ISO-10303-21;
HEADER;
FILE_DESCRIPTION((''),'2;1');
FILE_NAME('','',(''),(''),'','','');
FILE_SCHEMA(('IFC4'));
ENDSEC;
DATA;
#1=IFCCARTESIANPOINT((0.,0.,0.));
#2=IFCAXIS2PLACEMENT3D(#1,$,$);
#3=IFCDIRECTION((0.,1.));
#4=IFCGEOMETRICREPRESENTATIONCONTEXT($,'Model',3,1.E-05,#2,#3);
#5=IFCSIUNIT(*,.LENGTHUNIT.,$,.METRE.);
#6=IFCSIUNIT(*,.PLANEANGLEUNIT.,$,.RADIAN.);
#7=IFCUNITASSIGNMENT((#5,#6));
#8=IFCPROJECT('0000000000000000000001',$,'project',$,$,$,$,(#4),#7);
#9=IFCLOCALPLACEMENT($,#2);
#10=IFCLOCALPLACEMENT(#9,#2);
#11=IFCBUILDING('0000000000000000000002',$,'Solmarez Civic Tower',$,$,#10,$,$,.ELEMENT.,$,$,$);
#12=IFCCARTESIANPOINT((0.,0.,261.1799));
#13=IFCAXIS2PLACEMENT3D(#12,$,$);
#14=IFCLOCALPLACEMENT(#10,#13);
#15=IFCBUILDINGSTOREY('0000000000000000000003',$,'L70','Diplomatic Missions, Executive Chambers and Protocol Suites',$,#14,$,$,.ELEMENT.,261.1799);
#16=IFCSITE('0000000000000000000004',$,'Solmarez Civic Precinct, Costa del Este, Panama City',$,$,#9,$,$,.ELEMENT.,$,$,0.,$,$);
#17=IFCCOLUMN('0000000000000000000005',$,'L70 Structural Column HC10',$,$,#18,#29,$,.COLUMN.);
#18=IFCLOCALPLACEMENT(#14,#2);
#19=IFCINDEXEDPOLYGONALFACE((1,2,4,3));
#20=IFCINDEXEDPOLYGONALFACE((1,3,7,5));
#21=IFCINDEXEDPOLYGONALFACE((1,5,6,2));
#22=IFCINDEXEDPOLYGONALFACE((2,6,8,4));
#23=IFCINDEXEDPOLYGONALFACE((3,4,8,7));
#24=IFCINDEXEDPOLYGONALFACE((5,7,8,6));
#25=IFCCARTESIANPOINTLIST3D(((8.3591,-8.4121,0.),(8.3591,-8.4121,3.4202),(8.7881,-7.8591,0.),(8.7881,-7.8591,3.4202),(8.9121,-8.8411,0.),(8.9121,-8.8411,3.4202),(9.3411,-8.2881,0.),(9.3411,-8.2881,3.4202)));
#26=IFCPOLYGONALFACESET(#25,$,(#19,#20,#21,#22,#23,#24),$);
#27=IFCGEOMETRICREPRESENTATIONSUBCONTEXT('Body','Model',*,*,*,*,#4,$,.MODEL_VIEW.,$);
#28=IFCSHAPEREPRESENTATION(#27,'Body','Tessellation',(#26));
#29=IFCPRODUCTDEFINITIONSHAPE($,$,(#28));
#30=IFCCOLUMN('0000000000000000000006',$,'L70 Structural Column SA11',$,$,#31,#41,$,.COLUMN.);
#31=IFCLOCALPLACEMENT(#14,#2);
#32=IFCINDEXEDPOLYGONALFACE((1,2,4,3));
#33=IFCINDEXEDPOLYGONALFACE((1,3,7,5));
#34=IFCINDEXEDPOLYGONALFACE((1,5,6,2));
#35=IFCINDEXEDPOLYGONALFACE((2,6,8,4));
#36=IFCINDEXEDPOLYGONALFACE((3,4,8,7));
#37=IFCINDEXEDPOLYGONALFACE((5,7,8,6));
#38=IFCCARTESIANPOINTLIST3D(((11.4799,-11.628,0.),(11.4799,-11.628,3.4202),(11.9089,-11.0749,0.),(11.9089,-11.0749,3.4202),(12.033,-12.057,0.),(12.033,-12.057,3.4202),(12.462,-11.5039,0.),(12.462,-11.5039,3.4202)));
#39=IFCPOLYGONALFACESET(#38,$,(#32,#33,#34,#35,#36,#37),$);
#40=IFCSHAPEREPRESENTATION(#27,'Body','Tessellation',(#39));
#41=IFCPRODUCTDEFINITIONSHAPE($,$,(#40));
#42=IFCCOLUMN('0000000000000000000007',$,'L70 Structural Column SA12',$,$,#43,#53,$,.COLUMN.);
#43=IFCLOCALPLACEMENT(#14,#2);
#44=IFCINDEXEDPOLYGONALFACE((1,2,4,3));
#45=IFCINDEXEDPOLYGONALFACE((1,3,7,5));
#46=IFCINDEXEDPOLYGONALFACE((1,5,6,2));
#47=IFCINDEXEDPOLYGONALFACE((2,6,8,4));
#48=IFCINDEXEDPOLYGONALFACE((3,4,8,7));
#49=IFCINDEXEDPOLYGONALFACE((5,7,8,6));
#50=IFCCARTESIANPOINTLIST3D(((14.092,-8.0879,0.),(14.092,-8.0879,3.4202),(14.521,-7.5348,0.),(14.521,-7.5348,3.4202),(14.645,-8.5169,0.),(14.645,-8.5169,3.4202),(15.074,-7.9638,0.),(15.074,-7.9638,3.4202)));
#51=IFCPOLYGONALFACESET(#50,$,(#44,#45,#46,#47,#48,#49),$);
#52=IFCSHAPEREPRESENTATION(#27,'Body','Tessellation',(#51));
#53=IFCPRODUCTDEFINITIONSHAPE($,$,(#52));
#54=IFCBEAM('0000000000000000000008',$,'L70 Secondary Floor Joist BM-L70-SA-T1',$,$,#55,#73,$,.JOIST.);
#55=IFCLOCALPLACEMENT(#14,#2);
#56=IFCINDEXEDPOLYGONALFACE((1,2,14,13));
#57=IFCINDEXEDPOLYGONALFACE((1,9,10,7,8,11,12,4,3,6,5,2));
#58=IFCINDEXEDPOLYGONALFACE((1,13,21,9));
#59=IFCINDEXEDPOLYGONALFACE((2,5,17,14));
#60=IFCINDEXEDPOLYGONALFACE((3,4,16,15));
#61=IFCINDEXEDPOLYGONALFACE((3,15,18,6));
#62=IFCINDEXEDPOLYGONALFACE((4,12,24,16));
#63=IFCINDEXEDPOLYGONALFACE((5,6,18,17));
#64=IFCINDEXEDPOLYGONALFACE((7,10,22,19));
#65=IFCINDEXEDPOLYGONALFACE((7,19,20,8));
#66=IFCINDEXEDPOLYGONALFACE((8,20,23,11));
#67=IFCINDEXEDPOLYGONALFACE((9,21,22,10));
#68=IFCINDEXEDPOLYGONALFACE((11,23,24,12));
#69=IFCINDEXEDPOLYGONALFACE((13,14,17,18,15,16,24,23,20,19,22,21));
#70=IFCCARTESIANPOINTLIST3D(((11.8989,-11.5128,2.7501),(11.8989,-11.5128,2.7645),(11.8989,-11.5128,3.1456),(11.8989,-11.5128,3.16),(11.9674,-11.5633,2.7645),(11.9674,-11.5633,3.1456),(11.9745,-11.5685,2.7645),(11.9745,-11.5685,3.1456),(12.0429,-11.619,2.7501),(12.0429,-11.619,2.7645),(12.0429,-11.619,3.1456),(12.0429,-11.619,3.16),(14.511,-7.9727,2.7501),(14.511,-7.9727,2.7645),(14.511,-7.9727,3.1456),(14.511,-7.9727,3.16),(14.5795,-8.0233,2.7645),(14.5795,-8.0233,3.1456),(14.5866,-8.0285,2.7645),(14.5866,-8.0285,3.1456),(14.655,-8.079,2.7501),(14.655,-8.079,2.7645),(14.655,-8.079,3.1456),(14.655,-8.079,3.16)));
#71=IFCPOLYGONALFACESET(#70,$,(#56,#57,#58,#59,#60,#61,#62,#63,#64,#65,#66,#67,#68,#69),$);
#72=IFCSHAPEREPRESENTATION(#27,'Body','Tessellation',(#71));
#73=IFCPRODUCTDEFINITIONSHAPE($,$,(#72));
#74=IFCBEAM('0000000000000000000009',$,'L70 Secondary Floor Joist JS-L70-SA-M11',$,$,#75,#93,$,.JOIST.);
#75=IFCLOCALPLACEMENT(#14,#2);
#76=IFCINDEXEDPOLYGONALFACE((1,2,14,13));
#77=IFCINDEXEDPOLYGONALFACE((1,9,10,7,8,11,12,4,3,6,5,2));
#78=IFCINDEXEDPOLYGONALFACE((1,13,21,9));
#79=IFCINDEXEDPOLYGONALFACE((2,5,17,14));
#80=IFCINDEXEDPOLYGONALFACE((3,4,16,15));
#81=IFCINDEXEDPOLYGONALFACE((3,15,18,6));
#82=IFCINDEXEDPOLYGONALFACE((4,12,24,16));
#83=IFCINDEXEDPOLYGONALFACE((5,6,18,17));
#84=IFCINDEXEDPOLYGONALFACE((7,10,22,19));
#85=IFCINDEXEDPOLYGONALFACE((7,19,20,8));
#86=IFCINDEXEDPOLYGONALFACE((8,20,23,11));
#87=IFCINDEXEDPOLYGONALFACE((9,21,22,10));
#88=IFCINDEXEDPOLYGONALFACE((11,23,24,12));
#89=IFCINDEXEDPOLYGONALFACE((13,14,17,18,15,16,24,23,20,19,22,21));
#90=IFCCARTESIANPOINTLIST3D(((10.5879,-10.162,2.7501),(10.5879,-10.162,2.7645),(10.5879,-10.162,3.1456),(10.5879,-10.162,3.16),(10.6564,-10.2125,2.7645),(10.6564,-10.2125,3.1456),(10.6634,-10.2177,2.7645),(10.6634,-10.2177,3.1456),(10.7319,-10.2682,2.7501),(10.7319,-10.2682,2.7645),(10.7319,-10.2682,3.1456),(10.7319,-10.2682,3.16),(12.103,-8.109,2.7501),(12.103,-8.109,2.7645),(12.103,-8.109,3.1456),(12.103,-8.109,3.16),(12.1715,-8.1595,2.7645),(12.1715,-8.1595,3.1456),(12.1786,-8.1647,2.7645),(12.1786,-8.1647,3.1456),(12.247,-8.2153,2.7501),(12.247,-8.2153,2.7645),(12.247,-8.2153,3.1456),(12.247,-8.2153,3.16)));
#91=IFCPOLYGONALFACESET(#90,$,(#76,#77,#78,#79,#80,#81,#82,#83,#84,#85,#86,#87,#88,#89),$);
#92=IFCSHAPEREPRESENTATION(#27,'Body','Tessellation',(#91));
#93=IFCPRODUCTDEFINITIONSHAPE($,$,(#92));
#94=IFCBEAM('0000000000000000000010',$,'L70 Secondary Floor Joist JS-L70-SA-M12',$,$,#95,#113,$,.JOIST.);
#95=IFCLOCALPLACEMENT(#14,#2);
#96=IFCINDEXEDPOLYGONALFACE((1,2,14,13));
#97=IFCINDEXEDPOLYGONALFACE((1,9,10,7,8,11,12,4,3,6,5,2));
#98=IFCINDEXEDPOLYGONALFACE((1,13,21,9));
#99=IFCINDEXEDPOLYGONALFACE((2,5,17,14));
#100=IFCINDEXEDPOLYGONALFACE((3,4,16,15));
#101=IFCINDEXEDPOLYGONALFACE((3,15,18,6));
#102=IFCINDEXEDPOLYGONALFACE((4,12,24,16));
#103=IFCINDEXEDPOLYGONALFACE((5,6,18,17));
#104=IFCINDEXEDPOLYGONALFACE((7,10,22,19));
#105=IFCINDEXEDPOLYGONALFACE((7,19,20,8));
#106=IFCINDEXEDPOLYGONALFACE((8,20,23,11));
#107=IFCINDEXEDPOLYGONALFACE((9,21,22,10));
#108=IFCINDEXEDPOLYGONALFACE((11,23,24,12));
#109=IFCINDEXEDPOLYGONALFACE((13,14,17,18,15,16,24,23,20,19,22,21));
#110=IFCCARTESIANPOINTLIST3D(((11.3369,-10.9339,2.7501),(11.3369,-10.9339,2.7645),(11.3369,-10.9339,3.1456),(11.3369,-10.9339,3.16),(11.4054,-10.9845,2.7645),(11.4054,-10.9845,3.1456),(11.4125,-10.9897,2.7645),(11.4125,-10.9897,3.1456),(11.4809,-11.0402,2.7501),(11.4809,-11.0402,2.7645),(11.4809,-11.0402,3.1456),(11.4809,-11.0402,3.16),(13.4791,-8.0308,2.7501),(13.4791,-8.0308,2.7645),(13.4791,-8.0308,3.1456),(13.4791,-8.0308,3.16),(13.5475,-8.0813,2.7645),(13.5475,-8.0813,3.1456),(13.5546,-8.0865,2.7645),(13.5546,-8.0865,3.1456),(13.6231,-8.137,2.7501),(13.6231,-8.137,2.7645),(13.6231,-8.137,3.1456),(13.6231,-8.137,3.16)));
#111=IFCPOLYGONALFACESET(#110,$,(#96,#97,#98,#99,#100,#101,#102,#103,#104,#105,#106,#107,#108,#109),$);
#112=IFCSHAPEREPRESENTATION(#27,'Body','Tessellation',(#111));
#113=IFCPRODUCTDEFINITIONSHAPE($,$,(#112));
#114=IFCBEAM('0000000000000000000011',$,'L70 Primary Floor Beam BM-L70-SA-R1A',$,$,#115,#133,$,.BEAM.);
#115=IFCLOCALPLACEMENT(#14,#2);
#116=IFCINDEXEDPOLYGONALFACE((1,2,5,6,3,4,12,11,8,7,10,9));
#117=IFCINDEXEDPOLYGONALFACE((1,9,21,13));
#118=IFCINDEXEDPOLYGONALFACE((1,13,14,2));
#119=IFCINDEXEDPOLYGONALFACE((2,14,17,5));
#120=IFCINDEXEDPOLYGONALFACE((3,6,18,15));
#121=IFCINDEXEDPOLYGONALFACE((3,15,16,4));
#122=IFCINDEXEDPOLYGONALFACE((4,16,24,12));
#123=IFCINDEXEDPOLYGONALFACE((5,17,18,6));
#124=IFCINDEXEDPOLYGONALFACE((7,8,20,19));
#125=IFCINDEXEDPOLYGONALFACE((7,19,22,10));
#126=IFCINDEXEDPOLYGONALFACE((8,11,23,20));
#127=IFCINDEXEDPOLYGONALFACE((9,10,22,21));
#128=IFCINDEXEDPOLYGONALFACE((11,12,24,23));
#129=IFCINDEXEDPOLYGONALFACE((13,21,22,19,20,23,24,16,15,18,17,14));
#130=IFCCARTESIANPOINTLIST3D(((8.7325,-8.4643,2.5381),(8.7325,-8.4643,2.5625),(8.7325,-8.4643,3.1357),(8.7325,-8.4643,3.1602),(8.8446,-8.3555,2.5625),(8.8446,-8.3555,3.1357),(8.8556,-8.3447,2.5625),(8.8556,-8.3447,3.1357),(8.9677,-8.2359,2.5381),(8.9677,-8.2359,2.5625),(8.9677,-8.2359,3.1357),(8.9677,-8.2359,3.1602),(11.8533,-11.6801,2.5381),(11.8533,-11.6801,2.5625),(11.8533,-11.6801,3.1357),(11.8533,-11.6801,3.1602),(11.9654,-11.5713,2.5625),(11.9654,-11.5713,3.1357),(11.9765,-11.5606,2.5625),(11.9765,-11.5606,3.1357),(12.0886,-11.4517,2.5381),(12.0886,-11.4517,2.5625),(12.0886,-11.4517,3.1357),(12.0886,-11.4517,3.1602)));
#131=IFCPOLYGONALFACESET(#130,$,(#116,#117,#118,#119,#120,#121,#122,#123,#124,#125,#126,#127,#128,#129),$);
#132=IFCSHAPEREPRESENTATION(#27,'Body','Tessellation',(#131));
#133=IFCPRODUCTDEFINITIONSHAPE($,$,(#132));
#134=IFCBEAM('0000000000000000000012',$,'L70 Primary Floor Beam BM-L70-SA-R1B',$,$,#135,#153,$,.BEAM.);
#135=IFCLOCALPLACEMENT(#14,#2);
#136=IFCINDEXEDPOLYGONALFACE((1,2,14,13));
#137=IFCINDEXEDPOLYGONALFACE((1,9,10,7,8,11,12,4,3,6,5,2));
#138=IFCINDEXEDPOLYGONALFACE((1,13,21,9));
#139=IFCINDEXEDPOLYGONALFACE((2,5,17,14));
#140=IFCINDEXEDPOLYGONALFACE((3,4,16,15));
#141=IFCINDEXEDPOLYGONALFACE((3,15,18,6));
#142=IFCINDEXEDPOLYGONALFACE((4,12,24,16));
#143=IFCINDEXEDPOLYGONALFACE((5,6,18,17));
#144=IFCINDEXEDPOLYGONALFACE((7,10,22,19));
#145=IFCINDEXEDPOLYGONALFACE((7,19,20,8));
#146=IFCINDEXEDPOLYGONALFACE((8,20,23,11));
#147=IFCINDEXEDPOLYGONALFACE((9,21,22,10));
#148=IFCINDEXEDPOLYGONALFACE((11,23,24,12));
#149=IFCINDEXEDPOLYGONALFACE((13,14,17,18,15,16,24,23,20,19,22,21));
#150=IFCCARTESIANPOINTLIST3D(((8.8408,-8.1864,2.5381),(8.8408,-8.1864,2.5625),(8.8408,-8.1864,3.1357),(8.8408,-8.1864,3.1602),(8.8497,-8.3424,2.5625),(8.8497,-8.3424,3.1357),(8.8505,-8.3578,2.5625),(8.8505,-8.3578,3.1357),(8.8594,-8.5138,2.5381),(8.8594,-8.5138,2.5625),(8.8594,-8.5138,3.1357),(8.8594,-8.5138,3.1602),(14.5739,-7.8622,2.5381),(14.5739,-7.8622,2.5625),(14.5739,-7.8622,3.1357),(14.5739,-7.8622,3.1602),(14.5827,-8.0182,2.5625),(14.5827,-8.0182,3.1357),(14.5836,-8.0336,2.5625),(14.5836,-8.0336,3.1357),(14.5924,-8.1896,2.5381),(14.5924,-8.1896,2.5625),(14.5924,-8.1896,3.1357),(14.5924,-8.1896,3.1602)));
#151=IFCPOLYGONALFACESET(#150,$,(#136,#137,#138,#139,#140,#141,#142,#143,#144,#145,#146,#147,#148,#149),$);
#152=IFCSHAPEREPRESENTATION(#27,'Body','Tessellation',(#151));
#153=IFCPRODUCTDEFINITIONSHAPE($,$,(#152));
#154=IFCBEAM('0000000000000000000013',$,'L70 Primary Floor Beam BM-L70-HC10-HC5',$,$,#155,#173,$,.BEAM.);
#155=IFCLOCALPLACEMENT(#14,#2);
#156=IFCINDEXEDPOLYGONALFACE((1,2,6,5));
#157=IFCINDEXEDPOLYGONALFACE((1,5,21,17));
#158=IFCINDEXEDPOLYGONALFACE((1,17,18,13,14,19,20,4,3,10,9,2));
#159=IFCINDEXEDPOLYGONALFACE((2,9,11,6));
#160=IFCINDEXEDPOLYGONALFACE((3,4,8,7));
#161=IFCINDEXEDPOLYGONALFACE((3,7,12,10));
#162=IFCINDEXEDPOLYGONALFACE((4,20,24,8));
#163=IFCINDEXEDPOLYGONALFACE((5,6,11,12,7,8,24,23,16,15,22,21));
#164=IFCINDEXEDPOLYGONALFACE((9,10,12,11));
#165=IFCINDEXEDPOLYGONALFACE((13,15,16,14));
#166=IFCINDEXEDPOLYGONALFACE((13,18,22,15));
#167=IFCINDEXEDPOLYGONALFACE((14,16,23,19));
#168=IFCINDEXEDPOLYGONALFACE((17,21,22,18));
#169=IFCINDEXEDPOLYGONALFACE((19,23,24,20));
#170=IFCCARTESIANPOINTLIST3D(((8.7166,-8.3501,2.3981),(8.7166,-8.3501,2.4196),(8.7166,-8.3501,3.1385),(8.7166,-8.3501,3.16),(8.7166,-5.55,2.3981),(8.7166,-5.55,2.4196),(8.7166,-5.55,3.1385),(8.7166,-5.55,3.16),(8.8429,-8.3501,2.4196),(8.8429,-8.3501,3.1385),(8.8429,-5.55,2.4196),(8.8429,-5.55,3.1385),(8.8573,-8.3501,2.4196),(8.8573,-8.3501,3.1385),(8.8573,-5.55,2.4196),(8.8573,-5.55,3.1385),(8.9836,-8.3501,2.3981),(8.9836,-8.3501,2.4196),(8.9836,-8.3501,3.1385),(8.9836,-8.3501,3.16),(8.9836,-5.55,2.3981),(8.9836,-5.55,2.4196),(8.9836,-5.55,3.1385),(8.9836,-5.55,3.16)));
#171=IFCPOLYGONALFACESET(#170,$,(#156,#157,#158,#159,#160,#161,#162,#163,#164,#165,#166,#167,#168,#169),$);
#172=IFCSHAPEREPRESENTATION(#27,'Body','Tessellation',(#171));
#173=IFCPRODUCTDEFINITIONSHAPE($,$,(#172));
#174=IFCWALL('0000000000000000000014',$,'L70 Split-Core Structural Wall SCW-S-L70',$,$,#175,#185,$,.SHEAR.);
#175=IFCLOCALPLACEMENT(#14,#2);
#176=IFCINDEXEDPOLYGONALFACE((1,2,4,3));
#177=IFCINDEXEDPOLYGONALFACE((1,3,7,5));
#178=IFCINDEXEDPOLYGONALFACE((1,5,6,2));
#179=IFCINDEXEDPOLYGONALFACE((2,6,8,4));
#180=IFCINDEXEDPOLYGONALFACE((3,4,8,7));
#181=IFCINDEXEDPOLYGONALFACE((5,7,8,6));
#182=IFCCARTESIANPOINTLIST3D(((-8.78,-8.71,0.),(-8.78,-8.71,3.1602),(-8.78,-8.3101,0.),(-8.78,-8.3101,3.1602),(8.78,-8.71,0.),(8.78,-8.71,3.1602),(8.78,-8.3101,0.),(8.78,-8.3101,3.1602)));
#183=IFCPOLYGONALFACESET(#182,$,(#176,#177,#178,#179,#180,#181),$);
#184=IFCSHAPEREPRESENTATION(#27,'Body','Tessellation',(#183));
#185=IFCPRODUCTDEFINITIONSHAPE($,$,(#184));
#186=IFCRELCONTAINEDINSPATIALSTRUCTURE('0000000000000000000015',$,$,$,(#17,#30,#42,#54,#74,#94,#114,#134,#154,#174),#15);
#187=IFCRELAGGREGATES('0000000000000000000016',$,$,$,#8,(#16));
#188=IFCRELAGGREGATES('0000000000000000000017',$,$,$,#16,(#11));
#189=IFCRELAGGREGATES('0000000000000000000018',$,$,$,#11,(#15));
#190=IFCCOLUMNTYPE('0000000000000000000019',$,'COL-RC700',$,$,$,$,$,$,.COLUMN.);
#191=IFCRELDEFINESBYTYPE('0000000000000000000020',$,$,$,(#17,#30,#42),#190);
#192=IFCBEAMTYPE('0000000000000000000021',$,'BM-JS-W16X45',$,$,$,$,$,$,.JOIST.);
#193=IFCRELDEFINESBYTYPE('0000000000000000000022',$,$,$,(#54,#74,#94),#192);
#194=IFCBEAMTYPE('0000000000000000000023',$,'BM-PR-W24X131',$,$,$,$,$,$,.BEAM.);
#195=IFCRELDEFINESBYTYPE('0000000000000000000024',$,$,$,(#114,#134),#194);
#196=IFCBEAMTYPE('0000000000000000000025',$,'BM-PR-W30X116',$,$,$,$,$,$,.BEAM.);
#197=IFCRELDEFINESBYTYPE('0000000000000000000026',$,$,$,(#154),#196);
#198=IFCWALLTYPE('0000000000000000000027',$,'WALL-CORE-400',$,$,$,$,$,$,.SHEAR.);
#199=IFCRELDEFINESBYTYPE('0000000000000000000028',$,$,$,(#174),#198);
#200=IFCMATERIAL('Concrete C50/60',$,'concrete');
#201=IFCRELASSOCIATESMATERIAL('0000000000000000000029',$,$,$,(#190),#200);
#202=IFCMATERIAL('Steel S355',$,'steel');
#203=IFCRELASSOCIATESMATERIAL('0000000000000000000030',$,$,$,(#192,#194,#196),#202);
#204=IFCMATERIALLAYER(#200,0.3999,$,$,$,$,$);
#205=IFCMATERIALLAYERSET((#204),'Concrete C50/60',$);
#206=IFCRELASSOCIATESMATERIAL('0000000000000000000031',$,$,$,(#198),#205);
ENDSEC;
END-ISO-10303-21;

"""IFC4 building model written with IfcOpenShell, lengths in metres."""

from ifc_helpers import new_model, si_unit, direction, frame, frame_2d, origin, origin_2d, place, context, subcontext, project, spatial, rectangle, i_section, extrude, material, layer, layer_set, material_profile, profile_set, type_object, element, save


model = new_model("IFC4")

# Units and contexts
model_context = context("Model", 3, precision=1e-05, world=origin(), true_north=direction((0.0, 1.0)))
body_context = subcontext(model_context, "Body", "Model", "MODEL_VIEW")
ifc_project = project(units=[si_unit("LENGTHUNIT", "METRE"), si_unit("PLANEANGLEUNIT", "RADIAN")], contexts=[model_context])

# Site, building, storey
site_placement = place(None, origin())
site = spatial("IfcSite", under=ifc_project, at=site_placement, Name="Solmarez Civic Precinct, Costa del Este, Panama City", CompositionType="ELEMENT", RefElevation=0.0)
building_placement = place(site_placement, origin())
building = spatial("IfcBuilding", under=site, at=building_placement, Name="Solmarez Civic Tower", CompositionType="ELEMENT")
storey_placement = place(building_placement, frame((0.0, 0.0, 261.1799)))
storey = spatial("IfcBuildingStorey", under=building, at=storey_placement, Name="L70", Description="Diplomatic Missions, Executive Chambers and Protocol Suites", CompositionType="ELEMENT", Elevation=261.1799)

# Columns
ifc_material_1 = material(Name="Concrete C50/60", Category="concrete")
ifc_material_profile_1 = material_profile(ifc_material_1, rectangle(XDim=0.7, YDim=0.7, at=origin_2d()), Name="RC700X700")
ifc_profile_set_1 = profile_set([ifc_material_profile_1], Name="Concrete C50/60")
column_type = type_object("IfcColumnType", Name="COL-RC700", PredefinedType="COLUMN", material=ifc_profile_set_1)
for number, where, z_axis, x_axis, name in (
    (1, (8.8501, -8.3501, 0.0), (0.0, 0.0, 1.0), (0.612907, 0.790155, 0.0), "L70 Structural Column HC10"),
    (2, (11.9709, -11.5659, 0.0), (0.0, 0.0, 1.0), (0.612907, 0.790155, 0.0), "L70 Structural Column SA11"),
    (3, (14.583, -8.0259, 0.0), (0.0, 0.0, 1.0), (0.612907, 0.790155, 0.0), "L70 Structural Column SA12"),
):
    element("IfcColumn", number, at=place(storey_placement, frame(where, z_axis=z_axis, x_axis=x_axis)), inside=storey, type_object=column_type, Name=name, PredefinedType="COLUMN", context=body_context, shape_type="SweptSolid", body=[
        extrude(rectangle(XDim=0.7, YDim=0.7, at=origin_2d()), origin(), (0.0, 0.0, 1.0), 3.4202),
    ])

# Beams
ifc_material_2 = material(Name="Steel S355", Category="steel")
ifc_material_profile_2 = material_profile(ifc_material_2, i_section(OverallWidth=0.179, OverallDepth=0.4099, WebThickness=0.0088, FlangeThickness=0.0144, at=origin_2d()), Name="W16X45")
ifc_profile_set_2 = profile_set([ifc_material_profile_2], Name="Steel S355")
beam_type_1 = type_object("IfcBeamType", Name="BM-JS-W16X45", PredefinedType="JOIST", material=ifc_profile_set_2)
beam_1_placement = place(storey_placement, frame((11.9709, -11.5659, 2.9551), z_axis=(0.593731, 0.804664, 0.0), x_axis=(-0.804664, 0.593731, 0.0)))
element("IfcBeam", 4, at=beam_1_placement, inside=storey, type_object=beam_type_1, Name="L70 Secondary Floor Joist BM-L70-SA-T1", PredefinedType="JOIST", context=body_context, shape_type="SweptSolid", body=[
    extrude(i_section(OverallWidth=0.179, OverallDepth=0.4099, WebThickness=0.0088, FlangeThickness=0.0144, at=origin_2d()), origin(), (0.0, 0.0, 1.0), 4.3994),
])
beam_2_placement = place(storey_placement, frame((10.6599, -10.2151, 2.9551), z_axis=(0.593812, 0.804603, 0.0), x_axis=(-0.804603, 0.593812, 0.0)))
element("IfcBeam", 5, at=beam_2_placement, inside=storey, type_object=beam_type_1, Name="L70 Secondary Floor Joist JS-L70-SA-M11", PredefinedType="JOIST", context=body_context, shape_type="SweptSolid", body=[
    extrude(i_section(OverallWidth=0.179, OverallDepth=0.4099, WebThickness=0.0088, FlangeThickness=0.0144, at=origin_2d()), origin(), (0.0, 0.0, 1.0), 2.5515),
])
beam_3_placement = place(storey_placement, frame((11.4089, -10.9871, 2.9551), z_axis=(0.593734, 0.804661, 0.0), x_axis=(-0.804661, 0.593734, 0.0)))
element("IfcBeam", 6, at=beam_3_placement, inside=storey, type_object=beam_type_1, Name="L70 Secondary Floor Joist JS-L70-SA-M12", PredefinedType="JOIST", context=body_context, shape_type="SweptSolid", body=[
    extrude(i_section(OverallWidth=0.179, OverallDepth=0.4099, WebThickness=0.0088, FlangeThickness=0.0144, at=origin_2d()), origin(), (0.0, 0.0, 1.0), 3.6079),
])
ifc_material_profile_3 = material_profile(ifc_material_2, i_section(OverallWidth=0.3279, OverallDepth=0.6221, WebThickness=0.0154, FlangeThickness=0.0244, at=origin_2d()), Name="W24X131")
ifc_profile_set_3 = profile_set([ifc_material_profile_3], Name="Steel S355")
beam_type_2 = type_object("IfcBeamType", Name="BM-PR-W24X131", PredefinedType="BEAM", material=ifc_profile_set_3)
beam_4_placement = place(storey_placement, frame((8.8501, -8.3501, 2.8491), z_axis=(0.696431, -0.717624, 0.0), x_axis=(0.717624, 0.696431, 0.0)))
element("IfcBeam", 7, at=beam_4_placement, inside=storey, type_object=beam_type_2, Name="L70 Primary Floor Beam BM-L70-SA-R1A", PredefinedType="BEAM", context=body_context, shape_type="SweptSolid", body=[
    extrude(i_section(OverallWidth=0.3279, OverallDepth=0.6221, WebThickness=0.0154, FlangeThickness=0.0244, at=origin_2d()), origin(), (0.0, 0.0, 1.0), 4.4812),
])
beam_5_placement = place(storey_placement, frame((8.8501, -8.3501, 2.8491), z_axis=(0.998405, 0.056464, 0.0), x_axis=(-0.056464, 0.998405, 0.0)))
element("IfcBeam", 8, at=beam_5_placement, inside=storey, type_object=beam_type_2, Name="L70 Primary Floor Beam BM-L70-SA-R1B", PredefinedType="BEAM", context=body_context, shape_type="SweptSolid", body=[
    extrude(i_section(OverallWidth=0.3279, OverallDepth=0.6221, WebThickness=0.0154, FlangeThickness=0.0244, at=origin_2d()), origin(), (0.0, 0.0, 1.0), 5.7422),
])
ifc_material_profile_4 = material_profile(ifc_material_2, i_section(OverallWidth=0.2671, OverallDepth=0.762, WebThickness=0.0144, FlangeThickness=0.0215, at=origin_2d()), Name="W30X116")
ifc_profile_set_4 = profile_set([ifc_material_profile_4], Name="Steel S355")
beam_type_3 = type_object("IfcBeamType", Name="BM-PR-W30X116", PredefinedType="BEAM", material=ifc_profile_set_4)
beam_6_placement = place(storey_placement, frame((8.8501, -8.3501, 2.7791), z_axis=(0.0, 1.0, 0.0), x_axis=(-1.0, 0.0, 0.0)))
element("IfcBeam", 9, at=beam_6_placement, inside=storey, type_object=beam_type_3, Name="L70 Primary Floor Beam BM-L70-HC10-HC5", PredefinedType="BEAM", context=body_context, shape_type="SweptSolid", body=[
    extrude(i_section(OverallWidth=0.2671, OverallDepth=0.762, WebThickness=0.0144, FlangeThickness=0.0215, at=origin_2d()), origin(), (0.0, 0.0, 1.0), 2.8),
])

# Wall
ifc_layer_1 = layer(ifc_material_1, 0.3999)
ifc_layer_set_1 = layer_set([ifc_layer_1], Name="Concrete C50/60")
wall_type_1 = type_object("IfcWallType", Name="WALL-CORE-400", PredefinedType="SHEAR", material=ifc_layer_set_1)
wall_1_placement = place(storey_placement, frame((8.78, -8.51, 0.0), z_axis=(0.0, 0.0, 1.0), x_axis=(-1.0, 0.0, 0.0)))
element("IfcWall", 10, at=wall_1_placement, inside=storey, type_object=wall_type_1, Name="L70 Split-Core Structural Wall SCW-S-L70", PredefinedType="SHEAR", context=body_context, shape_type="SweptSolid", body=[
    extrude(rectangle(XDim=17.5601, YDim=0.3999, at=frame_2d((8.78, 0.0))), origin(), (0.0, 0.0, 1.0), 3.1602),
])

save(model, "model.ifc")
